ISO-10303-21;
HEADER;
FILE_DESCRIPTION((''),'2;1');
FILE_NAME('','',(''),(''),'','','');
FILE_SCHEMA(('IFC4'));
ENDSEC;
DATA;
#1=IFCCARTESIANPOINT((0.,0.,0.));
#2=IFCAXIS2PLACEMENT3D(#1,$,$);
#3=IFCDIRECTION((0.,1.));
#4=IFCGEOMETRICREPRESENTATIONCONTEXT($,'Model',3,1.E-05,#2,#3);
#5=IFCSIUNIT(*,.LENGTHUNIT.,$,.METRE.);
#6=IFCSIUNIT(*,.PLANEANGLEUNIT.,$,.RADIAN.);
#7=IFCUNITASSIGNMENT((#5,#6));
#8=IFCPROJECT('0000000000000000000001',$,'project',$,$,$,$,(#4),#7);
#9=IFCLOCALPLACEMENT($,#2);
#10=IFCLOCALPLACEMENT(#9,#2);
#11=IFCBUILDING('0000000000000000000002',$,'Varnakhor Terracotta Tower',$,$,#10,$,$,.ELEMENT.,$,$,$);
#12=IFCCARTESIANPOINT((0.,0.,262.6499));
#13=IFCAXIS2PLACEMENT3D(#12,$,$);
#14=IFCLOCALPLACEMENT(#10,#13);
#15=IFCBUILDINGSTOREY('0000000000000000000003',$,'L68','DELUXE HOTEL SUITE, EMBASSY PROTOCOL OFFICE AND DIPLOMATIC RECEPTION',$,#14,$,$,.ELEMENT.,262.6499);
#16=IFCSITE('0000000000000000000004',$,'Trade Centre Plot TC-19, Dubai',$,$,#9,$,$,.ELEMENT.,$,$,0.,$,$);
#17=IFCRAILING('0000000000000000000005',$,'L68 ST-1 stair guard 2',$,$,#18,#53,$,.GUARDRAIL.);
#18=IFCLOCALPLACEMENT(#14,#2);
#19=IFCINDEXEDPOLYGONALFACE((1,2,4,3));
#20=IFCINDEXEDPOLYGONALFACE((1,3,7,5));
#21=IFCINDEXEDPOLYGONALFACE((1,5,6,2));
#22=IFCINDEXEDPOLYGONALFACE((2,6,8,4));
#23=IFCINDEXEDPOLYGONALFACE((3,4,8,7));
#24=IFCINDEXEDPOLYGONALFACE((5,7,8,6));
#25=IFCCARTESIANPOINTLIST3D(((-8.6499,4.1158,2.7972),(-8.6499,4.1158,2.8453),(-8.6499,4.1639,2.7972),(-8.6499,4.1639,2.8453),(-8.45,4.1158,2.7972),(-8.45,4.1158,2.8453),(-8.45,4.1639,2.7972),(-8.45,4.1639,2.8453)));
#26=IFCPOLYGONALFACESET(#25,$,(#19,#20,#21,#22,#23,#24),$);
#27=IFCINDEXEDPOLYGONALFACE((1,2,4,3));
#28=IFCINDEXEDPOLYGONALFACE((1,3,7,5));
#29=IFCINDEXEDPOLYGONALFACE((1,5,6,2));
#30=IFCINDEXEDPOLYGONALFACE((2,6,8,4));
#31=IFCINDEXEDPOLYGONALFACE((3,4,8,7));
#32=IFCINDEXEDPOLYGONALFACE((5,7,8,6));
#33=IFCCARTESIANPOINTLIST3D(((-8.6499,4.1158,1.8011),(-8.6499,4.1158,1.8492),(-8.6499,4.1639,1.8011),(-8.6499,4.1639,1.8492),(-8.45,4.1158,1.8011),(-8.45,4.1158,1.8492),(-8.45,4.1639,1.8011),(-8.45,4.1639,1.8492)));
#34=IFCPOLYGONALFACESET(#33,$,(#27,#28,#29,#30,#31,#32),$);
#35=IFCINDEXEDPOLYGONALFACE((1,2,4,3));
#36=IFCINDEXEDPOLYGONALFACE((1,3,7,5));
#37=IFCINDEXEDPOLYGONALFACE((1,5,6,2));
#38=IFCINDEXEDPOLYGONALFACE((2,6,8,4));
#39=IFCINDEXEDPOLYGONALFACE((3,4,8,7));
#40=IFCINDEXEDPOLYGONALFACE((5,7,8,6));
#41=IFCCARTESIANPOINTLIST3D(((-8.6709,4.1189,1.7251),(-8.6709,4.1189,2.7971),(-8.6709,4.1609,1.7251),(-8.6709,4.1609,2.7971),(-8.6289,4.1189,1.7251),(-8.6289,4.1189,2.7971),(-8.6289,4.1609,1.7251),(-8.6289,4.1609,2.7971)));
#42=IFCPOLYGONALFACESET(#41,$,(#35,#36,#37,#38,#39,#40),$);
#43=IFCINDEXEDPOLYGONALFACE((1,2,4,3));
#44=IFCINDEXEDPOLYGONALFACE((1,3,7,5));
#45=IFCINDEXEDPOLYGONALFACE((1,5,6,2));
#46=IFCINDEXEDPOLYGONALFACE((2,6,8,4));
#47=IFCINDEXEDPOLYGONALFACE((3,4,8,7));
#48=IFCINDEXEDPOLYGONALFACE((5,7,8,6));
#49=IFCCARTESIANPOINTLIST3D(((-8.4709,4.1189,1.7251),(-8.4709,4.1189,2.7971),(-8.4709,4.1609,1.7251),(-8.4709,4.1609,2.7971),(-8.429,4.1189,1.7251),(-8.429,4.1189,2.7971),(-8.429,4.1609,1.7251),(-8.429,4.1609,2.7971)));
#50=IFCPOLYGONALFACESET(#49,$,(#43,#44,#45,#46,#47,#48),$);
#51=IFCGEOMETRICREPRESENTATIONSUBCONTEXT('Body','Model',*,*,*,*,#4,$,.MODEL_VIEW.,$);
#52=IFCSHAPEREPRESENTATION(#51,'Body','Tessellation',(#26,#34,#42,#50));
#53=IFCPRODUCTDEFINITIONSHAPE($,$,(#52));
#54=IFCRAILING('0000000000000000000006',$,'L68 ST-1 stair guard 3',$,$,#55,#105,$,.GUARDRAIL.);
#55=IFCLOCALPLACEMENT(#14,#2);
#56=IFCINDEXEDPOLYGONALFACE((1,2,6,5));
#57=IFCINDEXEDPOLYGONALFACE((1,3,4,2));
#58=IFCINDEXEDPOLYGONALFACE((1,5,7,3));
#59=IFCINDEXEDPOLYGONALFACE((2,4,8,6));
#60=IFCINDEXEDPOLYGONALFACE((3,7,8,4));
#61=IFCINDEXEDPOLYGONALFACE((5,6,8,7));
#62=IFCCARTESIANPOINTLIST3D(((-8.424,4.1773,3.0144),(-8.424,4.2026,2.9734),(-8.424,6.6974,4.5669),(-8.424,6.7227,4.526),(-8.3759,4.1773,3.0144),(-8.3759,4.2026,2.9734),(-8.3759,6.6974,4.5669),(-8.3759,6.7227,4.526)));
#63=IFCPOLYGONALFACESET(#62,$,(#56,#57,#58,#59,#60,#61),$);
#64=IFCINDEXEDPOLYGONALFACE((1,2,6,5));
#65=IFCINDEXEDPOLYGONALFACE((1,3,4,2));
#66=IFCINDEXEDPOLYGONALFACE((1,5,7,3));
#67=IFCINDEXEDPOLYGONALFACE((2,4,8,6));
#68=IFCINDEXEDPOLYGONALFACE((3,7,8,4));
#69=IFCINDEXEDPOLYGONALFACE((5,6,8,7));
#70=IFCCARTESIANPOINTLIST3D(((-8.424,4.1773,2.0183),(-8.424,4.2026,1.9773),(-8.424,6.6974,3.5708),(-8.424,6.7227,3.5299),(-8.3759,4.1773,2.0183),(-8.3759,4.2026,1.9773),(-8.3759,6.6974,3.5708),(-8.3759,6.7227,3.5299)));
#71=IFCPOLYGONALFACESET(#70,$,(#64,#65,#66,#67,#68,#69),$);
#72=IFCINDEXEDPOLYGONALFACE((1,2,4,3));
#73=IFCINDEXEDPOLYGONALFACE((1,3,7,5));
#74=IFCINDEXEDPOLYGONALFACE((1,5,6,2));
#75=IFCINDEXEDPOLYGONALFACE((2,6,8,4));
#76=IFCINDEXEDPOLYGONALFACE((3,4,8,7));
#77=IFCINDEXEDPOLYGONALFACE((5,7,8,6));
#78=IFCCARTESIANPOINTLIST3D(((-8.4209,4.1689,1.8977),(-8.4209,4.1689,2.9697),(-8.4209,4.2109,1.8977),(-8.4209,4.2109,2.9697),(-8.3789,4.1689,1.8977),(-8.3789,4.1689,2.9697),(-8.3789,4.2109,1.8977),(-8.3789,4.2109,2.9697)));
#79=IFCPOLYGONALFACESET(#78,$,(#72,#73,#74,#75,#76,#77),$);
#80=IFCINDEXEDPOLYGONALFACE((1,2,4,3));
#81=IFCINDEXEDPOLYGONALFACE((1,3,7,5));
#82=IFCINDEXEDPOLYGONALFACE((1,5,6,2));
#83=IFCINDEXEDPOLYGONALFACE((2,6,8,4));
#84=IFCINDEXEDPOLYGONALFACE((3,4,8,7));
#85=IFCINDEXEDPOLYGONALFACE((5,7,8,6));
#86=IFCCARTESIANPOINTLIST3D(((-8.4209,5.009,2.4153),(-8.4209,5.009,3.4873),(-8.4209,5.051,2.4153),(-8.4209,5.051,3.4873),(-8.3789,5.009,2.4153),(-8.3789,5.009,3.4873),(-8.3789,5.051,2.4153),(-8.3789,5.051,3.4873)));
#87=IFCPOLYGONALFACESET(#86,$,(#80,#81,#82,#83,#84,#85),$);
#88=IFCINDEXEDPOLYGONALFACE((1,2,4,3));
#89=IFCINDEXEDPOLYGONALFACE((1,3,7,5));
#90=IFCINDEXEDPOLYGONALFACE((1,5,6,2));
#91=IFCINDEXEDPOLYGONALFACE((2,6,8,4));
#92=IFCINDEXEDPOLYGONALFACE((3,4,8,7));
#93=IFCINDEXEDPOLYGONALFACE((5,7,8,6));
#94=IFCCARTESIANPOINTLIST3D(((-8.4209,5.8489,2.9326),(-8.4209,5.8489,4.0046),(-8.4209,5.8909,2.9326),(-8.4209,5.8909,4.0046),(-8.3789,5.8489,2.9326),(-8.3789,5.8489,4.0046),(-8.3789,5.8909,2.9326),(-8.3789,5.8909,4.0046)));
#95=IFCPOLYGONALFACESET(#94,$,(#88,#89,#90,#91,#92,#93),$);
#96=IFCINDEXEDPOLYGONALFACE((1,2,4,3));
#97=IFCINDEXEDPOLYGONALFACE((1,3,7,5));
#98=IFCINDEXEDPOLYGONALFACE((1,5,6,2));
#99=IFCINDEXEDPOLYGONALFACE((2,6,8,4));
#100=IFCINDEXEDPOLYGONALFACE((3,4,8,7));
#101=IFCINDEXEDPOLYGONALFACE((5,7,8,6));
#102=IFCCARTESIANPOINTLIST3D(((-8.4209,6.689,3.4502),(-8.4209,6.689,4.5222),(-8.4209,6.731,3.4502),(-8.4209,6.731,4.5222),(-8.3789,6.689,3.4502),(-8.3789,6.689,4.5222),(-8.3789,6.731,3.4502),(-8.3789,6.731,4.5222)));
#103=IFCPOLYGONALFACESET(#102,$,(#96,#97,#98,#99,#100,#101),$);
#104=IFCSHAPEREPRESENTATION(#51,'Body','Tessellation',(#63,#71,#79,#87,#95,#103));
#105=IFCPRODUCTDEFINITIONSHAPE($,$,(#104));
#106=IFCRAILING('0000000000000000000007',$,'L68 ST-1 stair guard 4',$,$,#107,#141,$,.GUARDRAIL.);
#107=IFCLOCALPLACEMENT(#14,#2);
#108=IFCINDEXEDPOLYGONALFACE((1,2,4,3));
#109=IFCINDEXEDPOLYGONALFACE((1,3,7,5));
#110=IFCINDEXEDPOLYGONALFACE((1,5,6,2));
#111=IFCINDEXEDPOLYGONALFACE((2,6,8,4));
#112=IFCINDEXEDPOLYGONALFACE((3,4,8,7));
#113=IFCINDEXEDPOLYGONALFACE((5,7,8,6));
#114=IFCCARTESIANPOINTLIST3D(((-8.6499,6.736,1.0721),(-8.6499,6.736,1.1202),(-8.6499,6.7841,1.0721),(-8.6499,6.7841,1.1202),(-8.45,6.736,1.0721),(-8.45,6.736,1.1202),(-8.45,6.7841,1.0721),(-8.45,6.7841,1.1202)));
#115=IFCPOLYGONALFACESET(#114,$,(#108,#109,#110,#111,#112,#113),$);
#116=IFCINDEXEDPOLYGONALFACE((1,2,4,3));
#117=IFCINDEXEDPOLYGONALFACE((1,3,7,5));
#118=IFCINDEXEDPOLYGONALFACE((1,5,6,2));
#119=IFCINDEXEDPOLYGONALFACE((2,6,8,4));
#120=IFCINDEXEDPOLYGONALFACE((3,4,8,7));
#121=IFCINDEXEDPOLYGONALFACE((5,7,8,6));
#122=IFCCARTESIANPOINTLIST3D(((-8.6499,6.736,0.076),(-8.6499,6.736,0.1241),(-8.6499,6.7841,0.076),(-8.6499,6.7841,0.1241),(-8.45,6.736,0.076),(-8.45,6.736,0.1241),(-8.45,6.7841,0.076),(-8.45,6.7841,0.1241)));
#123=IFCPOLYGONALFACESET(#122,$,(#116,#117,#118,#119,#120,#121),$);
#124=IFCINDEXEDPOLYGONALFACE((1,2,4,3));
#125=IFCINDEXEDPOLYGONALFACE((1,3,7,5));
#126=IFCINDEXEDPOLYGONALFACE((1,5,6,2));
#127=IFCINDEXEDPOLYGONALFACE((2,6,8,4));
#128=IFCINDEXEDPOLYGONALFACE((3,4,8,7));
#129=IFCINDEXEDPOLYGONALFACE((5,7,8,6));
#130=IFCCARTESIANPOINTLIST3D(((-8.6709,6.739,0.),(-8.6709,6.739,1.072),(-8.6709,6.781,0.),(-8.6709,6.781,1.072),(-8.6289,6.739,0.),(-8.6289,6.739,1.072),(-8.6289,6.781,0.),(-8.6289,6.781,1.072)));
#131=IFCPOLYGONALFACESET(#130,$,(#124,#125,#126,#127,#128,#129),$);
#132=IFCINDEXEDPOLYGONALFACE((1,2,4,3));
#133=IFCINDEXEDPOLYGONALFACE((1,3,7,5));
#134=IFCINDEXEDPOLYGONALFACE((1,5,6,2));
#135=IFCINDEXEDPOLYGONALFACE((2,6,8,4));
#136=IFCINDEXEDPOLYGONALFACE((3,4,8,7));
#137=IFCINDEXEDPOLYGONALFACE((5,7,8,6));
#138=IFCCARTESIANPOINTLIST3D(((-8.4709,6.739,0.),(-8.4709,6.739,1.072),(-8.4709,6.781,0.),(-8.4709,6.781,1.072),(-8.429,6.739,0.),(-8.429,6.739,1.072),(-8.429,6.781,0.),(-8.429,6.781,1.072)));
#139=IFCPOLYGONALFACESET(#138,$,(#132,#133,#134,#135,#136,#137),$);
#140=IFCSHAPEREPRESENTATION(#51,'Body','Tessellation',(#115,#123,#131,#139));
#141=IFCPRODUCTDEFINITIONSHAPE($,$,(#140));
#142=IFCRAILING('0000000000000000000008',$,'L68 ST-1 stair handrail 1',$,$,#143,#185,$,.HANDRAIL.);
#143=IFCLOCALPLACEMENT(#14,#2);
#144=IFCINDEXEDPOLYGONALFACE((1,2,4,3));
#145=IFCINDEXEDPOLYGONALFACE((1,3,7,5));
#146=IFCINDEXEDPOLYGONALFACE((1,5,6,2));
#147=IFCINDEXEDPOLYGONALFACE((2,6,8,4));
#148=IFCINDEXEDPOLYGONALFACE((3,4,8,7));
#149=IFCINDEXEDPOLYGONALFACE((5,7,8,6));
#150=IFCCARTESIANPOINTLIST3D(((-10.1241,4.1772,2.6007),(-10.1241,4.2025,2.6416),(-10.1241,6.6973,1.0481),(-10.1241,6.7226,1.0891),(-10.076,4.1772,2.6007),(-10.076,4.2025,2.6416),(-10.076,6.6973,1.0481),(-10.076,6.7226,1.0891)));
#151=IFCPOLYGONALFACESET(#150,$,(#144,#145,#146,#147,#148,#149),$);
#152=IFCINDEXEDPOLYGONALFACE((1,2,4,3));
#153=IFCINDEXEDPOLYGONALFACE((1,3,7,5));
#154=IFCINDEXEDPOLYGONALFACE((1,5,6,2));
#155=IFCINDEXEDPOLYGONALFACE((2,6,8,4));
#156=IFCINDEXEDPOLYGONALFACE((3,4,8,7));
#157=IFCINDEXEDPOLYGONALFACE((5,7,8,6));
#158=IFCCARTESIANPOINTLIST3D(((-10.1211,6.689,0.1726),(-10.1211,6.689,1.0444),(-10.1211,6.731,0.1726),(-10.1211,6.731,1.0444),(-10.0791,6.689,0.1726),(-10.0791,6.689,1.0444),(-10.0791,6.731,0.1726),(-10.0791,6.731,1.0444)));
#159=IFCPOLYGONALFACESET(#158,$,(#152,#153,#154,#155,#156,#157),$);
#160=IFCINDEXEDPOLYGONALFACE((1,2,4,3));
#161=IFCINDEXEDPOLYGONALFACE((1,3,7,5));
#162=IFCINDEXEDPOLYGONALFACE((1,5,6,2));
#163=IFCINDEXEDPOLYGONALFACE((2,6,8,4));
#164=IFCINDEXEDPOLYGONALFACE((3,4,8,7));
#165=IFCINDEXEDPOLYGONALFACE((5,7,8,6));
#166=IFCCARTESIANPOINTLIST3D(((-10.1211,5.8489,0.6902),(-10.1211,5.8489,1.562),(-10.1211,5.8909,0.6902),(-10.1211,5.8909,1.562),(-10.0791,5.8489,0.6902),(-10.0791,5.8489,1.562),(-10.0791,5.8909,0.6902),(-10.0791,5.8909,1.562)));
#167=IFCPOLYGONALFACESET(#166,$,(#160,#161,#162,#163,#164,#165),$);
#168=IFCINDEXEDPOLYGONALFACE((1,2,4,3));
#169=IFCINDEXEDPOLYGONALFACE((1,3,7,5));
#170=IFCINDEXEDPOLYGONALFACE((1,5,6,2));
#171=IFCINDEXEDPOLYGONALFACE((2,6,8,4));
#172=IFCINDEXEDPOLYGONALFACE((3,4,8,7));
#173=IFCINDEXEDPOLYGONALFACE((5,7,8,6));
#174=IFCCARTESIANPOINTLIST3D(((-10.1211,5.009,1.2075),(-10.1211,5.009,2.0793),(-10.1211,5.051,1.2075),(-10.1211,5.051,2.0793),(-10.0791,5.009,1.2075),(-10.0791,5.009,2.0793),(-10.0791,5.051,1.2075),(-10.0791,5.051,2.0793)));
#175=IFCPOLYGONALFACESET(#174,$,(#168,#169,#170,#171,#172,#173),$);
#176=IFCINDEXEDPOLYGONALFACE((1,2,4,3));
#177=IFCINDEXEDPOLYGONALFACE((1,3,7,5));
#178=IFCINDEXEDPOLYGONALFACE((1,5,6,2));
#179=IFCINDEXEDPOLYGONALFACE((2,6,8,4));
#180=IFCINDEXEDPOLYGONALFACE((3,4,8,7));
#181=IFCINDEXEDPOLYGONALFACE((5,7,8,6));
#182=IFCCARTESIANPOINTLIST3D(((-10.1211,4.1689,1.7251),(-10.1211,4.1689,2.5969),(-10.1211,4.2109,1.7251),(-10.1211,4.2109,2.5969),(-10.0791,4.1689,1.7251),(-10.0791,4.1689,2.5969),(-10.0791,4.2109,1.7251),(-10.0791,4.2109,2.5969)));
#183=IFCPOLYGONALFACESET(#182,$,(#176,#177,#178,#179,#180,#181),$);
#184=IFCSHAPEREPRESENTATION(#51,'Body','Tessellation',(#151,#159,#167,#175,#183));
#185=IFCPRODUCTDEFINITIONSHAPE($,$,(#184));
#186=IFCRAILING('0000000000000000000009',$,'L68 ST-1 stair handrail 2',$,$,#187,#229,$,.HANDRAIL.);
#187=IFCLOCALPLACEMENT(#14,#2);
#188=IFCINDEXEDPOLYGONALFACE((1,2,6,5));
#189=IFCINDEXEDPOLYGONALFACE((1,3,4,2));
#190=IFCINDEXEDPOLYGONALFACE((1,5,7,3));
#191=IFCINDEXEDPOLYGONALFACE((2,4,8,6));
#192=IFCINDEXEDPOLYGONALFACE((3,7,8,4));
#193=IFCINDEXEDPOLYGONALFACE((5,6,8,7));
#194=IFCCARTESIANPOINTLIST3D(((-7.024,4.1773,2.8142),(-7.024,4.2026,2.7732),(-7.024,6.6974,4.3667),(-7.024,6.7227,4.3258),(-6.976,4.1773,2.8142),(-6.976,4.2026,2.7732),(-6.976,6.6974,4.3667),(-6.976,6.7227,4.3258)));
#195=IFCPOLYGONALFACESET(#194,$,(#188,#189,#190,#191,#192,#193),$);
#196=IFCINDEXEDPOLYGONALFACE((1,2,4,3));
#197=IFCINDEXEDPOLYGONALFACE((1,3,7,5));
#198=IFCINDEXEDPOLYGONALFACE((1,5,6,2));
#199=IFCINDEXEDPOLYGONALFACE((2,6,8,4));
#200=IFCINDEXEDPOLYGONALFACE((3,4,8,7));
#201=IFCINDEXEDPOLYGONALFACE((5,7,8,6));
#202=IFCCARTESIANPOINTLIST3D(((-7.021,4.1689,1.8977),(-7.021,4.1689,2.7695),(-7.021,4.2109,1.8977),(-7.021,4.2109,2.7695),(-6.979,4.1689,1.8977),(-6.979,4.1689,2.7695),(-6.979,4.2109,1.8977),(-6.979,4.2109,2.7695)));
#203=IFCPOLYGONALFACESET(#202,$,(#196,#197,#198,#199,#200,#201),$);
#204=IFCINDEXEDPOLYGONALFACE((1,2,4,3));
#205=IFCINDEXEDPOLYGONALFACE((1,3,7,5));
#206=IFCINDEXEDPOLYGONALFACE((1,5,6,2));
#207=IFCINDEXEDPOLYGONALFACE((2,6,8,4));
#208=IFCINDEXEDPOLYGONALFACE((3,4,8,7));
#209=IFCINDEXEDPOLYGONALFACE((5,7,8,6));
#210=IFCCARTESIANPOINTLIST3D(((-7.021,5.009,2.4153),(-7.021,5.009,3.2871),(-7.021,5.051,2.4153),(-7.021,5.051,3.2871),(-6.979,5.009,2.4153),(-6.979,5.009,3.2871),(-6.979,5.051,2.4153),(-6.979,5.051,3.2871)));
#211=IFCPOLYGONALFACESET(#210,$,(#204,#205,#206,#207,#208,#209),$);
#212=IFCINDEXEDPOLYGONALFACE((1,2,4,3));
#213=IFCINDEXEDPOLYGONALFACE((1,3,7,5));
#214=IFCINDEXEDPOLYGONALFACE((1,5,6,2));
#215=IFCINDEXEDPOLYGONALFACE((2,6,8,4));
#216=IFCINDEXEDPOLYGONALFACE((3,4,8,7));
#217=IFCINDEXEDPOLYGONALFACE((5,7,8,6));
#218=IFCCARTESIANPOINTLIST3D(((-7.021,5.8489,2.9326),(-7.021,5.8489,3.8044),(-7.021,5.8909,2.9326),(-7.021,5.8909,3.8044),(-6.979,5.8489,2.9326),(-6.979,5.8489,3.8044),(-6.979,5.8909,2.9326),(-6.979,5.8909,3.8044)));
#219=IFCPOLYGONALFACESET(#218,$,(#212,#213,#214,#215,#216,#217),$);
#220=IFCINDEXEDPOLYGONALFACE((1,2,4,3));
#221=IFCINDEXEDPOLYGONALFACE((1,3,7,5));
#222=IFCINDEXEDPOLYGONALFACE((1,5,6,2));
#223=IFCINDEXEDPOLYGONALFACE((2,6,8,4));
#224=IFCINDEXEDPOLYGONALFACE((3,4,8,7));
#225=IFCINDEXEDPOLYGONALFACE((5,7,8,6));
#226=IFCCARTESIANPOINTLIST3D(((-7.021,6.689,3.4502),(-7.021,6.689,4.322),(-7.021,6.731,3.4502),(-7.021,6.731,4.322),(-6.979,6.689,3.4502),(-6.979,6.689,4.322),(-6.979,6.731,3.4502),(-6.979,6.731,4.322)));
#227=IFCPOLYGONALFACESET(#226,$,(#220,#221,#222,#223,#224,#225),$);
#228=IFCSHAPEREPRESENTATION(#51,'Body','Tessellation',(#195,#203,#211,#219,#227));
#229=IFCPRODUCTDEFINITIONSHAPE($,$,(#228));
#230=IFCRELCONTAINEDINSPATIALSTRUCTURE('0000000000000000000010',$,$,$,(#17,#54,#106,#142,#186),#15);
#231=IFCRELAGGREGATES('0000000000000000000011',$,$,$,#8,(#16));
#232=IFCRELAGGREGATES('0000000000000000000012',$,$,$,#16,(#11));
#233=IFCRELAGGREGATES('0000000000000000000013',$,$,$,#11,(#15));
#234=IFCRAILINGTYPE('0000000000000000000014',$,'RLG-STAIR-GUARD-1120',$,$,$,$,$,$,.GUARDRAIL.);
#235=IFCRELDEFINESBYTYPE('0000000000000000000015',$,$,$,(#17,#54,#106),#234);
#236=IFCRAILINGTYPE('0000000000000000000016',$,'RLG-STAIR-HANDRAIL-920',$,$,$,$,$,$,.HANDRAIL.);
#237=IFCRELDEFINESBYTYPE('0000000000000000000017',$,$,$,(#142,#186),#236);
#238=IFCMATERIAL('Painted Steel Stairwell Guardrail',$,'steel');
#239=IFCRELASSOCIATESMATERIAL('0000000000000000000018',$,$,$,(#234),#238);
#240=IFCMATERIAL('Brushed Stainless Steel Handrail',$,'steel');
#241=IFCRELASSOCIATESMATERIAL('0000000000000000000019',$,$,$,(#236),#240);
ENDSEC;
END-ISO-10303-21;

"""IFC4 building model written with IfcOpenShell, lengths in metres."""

from ifc_helpers import new_model, si_unit, direction, frame, origin, origin_2d, place, context, subcontext, project, spatial, rectangle, extrude, material, type_object, element, save


model = new_model("IFC4")

# Units and contexts
model_context = context("Model", 3, precision=1e-05, world=origin(), true_north=direction((0.0, 1.0)))
body_context = subcontext(model_context, "Body", "Model", "MODEL_VIEW")
ifc_project = project(units=[si_unit("LENGTHUNIT", "METRE"), si_unit("PLANEANGLEUNIT", "RADIAN")], contexts=[model_context])

# Site, building, storey
site_placement = place(None, origin())
site = spatial("IfcSite", under=ifc_project, at=site_placement, Name="Trade Centre Plot TC-19, Dubai", CompositionType="ELEMENT", RefElevation=0.0)
building_placement = place(site_placement, origin())
building = spatial("IfcBuilding", under=site, at=building_placement, Name="Varnakhor Terracotta Tower", CompositionType="ELEMENT")
storey_placement = place(building_placement, frame((0.0, 0.0, 262.6499)))
storey = spatial("IfcBuildingStorey", under=building, at=storey_placement, Name="L68", Description="DELUXE HOTEL SUITE, EMBASSY PROTOCOL OFFICE AND DIPLOMATIC RECEPTION", CompositionType="ELEMENT", Elevation=262.6499)

# Railings
ifc_material_1 = material(Name="Painted Steel Stairwell Guardrail", Category="steel")
railing_type_1 = type_object("IfcRailingType", Name="RLG-STAIR-GUARD-1120", PredefinedType="GUARDRAIL", material=ifc_material_1)
railing_1_placement = place(storey_placement, frame((-8.6499, 4.1399, 1.7251)))
element("IfcRailing", 1, at=railing_1_placement, inside=storey, type_object=railing_type_1, Name="L68 ST-1 stair guard 2", PredefinedType="GUARDRAIL", context=body_context, shape_type="SweptSolid", body=[
    extrude(rectangle(XDim=0.0481, YDim=0.0481, at=origin_2d()), frame((0.0, 0.0, 1.0962), z_axis=(1.0, 0.0, 0.0), x_axis=(0.0, 1.0, 0.0)), (0.0, 0.0, 1.0), 0.2),
    extrude(rectangle(XDim=0.0481, YDim=0.0481, at=origin_2d()), frame((0.0, 0.0, 0.1001), z_axis=(1.0, 0.0, 0.0), x_axis=(0.0, 1.0, 0.0)), (0.0, 0.0, 1.0), 0.2),
    extrude(rectangle(XDim=0.042, YDim=0.042, at=origin_2d()), origin(), (0.0, 0.0, 1.0), 1.072),
    extrude(rectangle(XDim=0.042, YDim=0.042, at=origin_2d()), frame((0.2, 0.0, 0.0)), (0.0, 0.0, 1.0), 1.072),
])
railing_2_placement = place(storey_placement, frame((-8.3999, 4.1899, 1.8977)))
element("IfcRailing", 2, at=railing_2_placement, inside=storey, type_object=railing_type_1, Name="L68 ST-1 stair guard 3", PredefinedType="GUARDRAIL", context=body_context, shape_type="SweptSolid", body=[
    extrude(rectangle(XDim=0.0481, YDim=0.0481, at=origin_2d()), frame((0.0, 0.0, 1.0962), z_axis=(0.0, 0.8514, 0.524516), x_axis=(-1.0, 0.0, 0.0)), (0.0, 0.0, 1.0), 2.96),
    extrude(rectangle(XDim=0.0481, YDim=0.0481, at=origin_2d()), frame((0.0, 0.0, 0.1001), z_axis=(0.0, 0.8514, 0.524516), x_axis=(-1.0, 0.0, 0.0)), (0.0, 0.0, 1.0), 2.96),
    extrude(rectangle(XDim=0.042, YDim=0.042, at=origin_2d()), origin(), (0.0, 0.0, 1.0), 1.072),
    extrude(rectangle(XDim=0.042, YDim=0.042, at=origin_2d()), frame((0.0, 0.8401, 0.5176)), (0.0, 0.0, 1.0), 1.072),
    extrude(rectangle(XDim=0.042, YDim=0.042, at=origin_2d()), frame((0.0, 1.6799, 1.0349)), (0.0, 0.0, 1.0), 1.072),
    extrude(rectangle(XDim=0.042, YDim=0.042, at=origin_2d()), frame((0.0, 2.52, 1.5525)), (0.0, 0.0, 1.0), 1.072),
])
railing_3_placement = place(storey_placement, frame((-8.6499, 6.76, 0.0)))
element("IfcRailing", 3, at=railing_3_placement, inside=storey, type_object=railing_type_1, Name="L68 ST-1 stair guard 4", PredefinedType="GUARDRAIL", context=body_context, shape_type="SweptSolid", body=[
    extrude(rectangle(XDim=0.0481, YDim=0.0481, at=origin_2d()), frame((0.0, 0.0, 1.0962), z_axis=(1.0, 0.0, 0.0), x_axis=(0.0, 1.0, 0.0)), (0.0, 0.0, 1.0), 0.2),
    extrude(rectangle(XDim=0.0481, YDim=0.0481, at=origin_2d()), frame((0.0, 0.0, 0.1001), z_axis=(1.0, 0.0, 0.0), x_axis=(0.0, 1.0, 0.0)), (0.0, 0.0, 1.0), 0.2),
    extrude(rectangle(XDim=0.042, YDim=0.042, at=origin_2d()), origin(), (0.0, 0.0, 1.0), 1.072),
    extrude(rectangle(XDim=0.042, YDim=0.042, at=origin_2d()), frame((0.2, 0.0, 0.0)), (0.0, 0.0, 1.0), 1.072),
])
ifc_material_2 = material(Name="Brushed Stainless Steel Handrail", Category="steel")
railing_type_2 = type_object("IfcRailingType", Name="RLG-STAIR-HANDRAIL-920", PredefinedType="HANDRAIL", material=ifc_material_2)
railing_4_placement = place(storey_placement, frame((-10.1001, 6.71, 0.1726)))
element("IfcRailing", 4, at=railing_4_placement, inside=storey, type_object=railing_type_2, Name="L68 ST-1 stair handrail 1", PredefinedType="HANDRAIL", context=body_context, shape_type="SweptSolid", body=[
    extrude(rectangle(XDim=0.0481, YDim=0.0481, at=origin_2d()), frame((0.0, 0.0, 0.896), z_axis=(0.0, -0.8514, 0.524516), x_axis=(1.0, 0.0, 0.0)), (0.0, 0.0, 1.0), 2.96),
    extrude(rectangle(XDim=0.042, YDim=0.042, at=origin_2d()), origin(), (0.0, 0.0, 1.0), 0.8718),
    extrude(rectangle(XDim=0.042, YDim=0.042, at=origin_2d()), frame((0.0, -0.8401, 0.5176)), (0.0, 0.0, 1.0), 0.8718),
    extrude(rectangle(XDim=0.042, YDim=0.042, at=origin_2d()), frame((0.0, -1.6799, 1.0349)), (0.0, 0.0, 1.0), 0.8718),
    extrude(rectangle(XDim=0.042, YDim=0.042, at=origin_2d()), frame((0.0, -2.52, 1.5525)), (0.0, 0.0, 1.0), 0.8718),
])
railing_5_placement = place(storey_placement, frame((-7.0, 4.1899, 1.8977)))
element("IfcRailing", 5, at=railing_5_placement, inside=storey, type_object=railing_type_2, Name="L68 ST-1 stair handrail 2", PredefinedType="HANDRAIL", context=body_context, shape_type="SweptSolid", body=[
    extrude(rectangle(XDim=0.0481, YDim=0.0481, at=origin_2d()), frame((0.0, 0.0, 0.896), z_axis=(0.0, 0.8514, 0.524516), x_axis=(-1.0, 0.0, 0.0)), (0.0, 0.0, 1.0), 2.96),
    extrude(rectangle(XDim=0.042, YDim=0.042, at=origin_2d()), origin(), (0.0, 0.0, 1.0), 0.8718),
    extrude(rectangle(XDim=0.042, YDim=0.042, at=origin_2d()), frame((0.0, 0.8401, 0.5176)), (0.0, 0.0, 1.0), 0.8718),
    extrude(rectangle(XDim=0.042, YDim=0.042, at=origin_2d()), frame((0.0, 1.6799, 1.0349)), (0.0, 0.0, 1.0), 0.8718),
    extrude(rectangle(XDim=0.042, YDim=0.042, at=origin_2d()), frame((0.0, 2.52, 1.5525)), (0.0, 0.0, 1.0), 0.8718),
])

save(model, "model.ifc")
